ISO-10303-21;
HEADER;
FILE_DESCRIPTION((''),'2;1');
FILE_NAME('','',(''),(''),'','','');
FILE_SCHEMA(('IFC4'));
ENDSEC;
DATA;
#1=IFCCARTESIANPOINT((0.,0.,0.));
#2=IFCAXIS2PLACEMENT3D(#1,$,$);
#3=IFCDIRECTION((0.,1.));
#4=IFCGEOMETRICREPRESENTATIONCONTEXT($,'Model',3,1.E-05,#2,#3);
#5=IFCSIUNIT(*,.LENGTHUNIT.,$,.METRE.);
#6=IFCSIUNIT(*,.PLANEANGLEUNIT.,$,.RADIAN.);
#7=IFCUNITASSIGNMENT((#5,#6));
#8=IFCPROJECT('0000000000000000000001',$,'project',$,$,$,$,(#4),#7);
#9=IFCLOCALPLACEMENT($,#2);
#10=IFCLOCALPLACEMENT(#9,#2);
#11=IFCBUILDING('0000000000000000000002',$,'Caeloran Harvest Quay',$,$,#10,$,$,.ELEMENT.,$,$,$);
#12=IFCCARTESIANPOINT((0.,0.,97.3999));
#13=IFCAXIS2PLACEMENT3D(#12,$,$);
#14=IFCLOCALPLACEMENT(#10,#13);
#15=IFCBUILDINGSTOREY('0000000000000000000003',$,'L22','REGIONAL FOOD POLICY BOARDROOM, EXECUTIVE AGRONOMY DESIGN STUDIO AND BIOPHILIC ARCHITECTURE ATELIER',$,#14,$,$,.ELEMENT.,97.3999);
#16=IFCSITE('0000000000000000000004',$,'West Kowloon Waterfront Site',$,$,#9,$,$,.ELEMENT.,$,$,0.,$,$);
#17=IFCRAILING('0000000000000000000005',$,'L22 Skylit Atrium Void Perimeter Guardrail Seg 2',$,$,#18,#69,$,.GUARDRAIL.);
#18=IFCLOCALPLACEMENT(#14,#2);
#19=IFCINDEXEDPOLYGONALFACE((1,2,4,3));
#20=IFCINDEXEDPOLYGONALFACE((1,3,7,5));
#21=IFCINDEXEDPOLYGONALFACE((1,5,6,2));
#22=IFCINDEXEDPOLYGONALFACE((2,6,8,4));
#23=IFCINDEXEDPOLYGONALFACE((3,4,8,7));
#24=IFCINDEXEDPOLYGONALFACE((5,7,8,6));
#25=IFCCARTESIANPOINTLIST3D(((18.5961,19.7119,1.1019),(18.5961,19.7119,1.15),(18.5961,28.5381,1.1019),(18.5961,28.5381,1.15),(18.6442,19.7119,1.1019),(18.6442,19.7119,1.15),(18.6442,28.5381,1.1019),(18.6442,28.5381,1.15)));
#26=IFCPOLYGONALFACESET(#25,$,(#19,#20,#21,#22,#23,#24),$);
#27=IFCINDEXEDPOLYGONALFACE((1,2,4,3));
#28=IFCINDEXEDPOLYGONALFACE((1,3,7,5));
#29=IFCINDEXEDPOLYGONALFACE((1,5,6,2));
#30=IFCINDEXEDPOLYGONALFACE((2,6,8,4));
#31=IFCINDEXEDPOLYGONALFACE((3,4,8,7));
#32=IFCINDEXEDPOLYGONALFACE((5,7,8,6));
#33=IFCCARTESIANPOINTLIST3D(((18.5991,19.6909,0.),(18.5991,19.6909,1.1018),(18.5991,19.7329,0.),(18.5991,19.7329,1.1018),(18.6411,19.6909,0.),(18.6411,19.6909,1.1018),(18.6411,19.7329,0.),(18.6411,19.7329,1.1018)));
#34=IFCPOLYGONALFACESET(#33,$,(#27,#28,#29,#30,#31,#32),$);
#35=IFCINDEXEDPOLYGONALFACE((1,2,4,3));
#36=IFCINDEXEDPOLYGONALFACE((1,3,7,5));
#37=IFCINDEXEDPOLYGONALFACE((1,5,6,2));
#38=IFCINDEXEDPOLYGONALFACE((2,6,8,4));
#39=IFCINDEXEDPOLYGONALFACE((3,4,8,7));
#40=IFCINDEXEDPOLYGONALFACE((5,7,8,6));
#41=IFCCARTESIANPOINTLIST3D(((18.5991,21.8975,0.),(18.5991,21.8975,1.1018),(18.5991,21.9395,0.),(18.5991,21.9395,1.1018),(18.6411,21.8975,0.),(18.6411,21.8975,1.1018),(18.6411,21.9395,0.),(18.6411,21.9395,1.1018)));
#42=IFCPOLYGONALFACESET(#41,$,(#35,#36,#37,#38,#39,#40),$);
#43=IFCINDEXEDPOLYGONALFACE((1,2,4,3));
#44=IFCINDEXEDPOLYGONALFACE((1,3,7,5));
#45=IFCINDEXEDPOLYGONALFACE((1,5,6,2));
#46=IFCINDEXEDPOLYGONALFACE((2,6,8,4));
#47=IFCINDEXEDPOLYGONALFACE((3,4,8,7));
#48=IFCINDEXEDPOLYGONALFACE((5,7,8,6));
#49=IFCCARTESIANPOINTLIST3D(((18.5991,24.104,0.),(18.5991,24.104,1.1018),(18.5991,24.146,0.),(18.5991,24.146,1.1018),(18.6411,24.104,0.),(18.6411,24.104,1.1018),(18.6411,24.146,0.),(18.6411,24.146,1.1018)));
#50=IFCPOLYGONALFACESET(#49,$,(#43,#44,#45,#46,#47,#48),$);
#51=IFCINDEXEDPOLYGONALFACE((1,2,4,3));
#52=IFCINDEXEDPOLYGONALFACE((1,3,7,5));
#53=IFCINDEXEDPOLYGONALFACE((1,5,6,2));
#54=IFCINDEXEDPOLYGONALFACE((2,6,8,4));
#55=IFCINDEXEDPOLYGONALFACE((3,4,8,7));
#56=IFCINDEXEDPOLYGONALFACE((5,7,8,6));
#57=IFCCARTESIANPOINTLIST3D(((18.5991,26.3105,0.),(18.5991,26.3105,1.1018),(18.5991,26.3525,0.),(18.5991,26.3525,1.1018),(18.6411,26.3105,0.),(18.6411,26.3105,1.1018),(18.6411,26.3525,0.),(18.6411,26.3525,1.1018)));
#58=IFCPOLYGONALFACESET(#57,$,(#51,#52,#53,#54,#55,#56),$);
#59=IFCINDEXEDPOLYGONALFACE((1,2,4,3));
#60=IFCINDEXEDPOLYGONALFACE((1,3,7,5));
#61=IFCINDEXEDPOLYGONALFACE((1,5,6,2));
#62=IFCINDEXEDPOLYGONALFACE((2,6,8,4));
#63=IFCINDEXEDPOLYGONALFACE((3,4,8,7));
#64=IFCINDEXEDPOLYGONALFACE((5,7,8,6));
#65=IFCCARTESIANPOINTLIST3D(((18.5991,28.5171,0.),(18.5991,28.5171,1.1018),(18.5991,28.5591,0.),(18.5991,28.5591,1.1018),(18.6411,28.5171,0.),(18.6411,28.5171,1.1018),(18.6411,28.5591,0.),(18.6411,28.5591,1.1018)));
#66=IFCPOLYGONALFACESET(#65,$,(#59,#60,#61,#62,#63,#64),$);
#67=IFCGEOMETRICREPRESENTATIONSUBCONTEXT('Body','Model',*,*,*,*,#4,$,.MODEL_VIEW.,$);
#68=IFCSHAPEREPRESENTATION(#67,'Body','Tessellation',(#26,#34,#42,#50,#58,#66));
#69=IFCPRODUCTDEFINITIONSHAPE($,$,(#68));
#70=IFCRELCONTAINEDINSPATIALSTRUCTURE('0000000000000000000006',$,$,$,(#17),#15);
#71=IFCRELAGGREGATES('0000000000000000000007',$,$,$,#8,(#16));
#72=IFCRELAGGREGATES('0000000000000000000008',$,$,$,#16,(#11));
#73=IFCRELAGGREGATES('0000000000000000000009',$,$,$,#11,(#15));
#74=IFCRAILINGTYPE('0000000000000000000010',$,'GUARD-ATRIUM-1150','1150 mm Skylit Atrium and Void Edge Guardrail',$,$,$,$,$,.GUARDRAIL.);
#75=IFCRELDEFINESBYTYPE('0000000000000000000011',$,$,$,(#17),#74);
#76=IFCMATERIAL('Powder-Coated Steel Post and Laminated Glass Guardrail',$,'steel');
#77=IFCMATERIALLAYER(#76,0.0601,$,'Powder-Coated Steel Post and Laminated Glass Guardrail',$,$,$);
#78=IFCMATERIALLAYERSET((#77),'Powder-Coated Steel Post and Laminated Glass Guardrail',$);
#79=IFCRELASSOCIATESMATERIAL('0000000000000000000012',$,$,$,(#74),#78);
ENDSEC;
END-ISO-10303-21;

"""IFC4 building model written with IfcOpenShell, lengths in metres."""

from ifc_helpers import new_model, si_unit, direction, frame, origin, origin_2d, place, context, subcontext, project, spatial, rectangle, extrude, material, layer, layer_set, type_object, element, save


model = new_model("IFC4")

# Units and contexts
model_context = context("Model", 3, precision=1e-05, world=origin(), true_north=direction((0.0, 1.0)))
body_context = subcontext(model_context, "Body", "Model", "MODEL_VIEW")
ifc_project = project(units=[si_unit("LENGTHUNIT", "METRE"), si_unit("PLANEANGLEUNIT", "RADIAN")], contexts=[model_context])

# Site, building, storey
site_placement = place(None, origin())
site = spatial("IfcSite", under=ifc_project, at=site_placement, Name="West Kowloon Waterfront Site", CompositionType="ELEMENT", RefElevation=0.0)
building_placement = place(site_placement, origin())
building = spatial("IfcBuilding", under=site, at=building_placement, Name="Caeloran Harvest Quay", CompositionType="ELEMENT")
storey_placement = place(building_placement, frame((0.0, 0.0, 97.3999)))
storey = spatial("IfcBuildingStorey", under=building, at=storey_placement, Name="L22", Description="REGIONAL FOOD POLICY BOARDROOM, EXECUTIVE AGRONOMY DESIGN STUDIO AND BIOPHILIC ARCHITECTURE ATELIER", CompositionType="ELEMENT", Elevation=97.3999)

# Railing
ifc_material_1 = material(Name="Powder-Coated Steel Post and Laminated Glass Guardrail", Category="steel")
ifc_layer_1 = layer(ifc_material_1, 0.0601, Name="Powder-Coated Steel Post and Laminated Glass Guardrail")
ifc_layer_set_1 = layer_set([ifc_layer_1], Name="Powder-Coated Steel Post and Laminated Glass Guardrail")
railing_type = type_object("IfcRailingType", Name="GUARD-ATRIUM-1150", Description="1150 mm Skylit Atrium and Void Edge Guardrail", PredefinedType="GUARDRAIL", material=ifc_layer_set_1)
railing_1_placement = place(storey_placement, frame((18.6201, 19.7119, 0.0)))
element("IfcRailing", 1, at=railing_1_placement, inside=storey, type_object=railing_type, Name="L22 Skylit Atrium Void Perimeter Guardrail Seg 2", PredefinedType="GUARDRAIL", context=body_context, shape_type="SweptSolid", body=[
    extrude(rectangle(XDim=0.0481, YDim=0.0481, at=origin_2d()), frame((0.0, 0.0, 1.126), z_axis=(0.0, 1.0, 0.0), x_axis=(-1.0, 0.0, 0.0)), (0.0, 0.0, 1.0), 8.8262),
    extrude(rectangle(XDim=0.042, YDim=0.042, at=origin_2d()), origin(), (0.0, 0.0, 1.0), 1.1018),
    extrude(rectangle(XDim=0.042, YDim=0.042, at=origin_2d()), frame((0.0, 2.2065, 0.0)), (0.0, 0.0, 1.0), 1.1018),
    extrude(rectangle(XDim=0.042, YDim=0.042, at=origin_2d()), frame((0.0, 4.4131, 0.0)), (0.0, 0.0, 1.0), 1.1018),
    extrude(rectangle(XDim=0.042, YDim=0.042, at=origin_2d()), frame((0.0, 6.6196, 0.0)), (0.0, 0.0, 1.0), 1.1018),
    extrude(rectangle(XDim=0.042, YDim=0.042, at=origin_2d()), frame((0.0, 8.8262, 0.0)), (0.0, 0.0, 1.0), 1.1018),
])

save(model, "model.ifc")
